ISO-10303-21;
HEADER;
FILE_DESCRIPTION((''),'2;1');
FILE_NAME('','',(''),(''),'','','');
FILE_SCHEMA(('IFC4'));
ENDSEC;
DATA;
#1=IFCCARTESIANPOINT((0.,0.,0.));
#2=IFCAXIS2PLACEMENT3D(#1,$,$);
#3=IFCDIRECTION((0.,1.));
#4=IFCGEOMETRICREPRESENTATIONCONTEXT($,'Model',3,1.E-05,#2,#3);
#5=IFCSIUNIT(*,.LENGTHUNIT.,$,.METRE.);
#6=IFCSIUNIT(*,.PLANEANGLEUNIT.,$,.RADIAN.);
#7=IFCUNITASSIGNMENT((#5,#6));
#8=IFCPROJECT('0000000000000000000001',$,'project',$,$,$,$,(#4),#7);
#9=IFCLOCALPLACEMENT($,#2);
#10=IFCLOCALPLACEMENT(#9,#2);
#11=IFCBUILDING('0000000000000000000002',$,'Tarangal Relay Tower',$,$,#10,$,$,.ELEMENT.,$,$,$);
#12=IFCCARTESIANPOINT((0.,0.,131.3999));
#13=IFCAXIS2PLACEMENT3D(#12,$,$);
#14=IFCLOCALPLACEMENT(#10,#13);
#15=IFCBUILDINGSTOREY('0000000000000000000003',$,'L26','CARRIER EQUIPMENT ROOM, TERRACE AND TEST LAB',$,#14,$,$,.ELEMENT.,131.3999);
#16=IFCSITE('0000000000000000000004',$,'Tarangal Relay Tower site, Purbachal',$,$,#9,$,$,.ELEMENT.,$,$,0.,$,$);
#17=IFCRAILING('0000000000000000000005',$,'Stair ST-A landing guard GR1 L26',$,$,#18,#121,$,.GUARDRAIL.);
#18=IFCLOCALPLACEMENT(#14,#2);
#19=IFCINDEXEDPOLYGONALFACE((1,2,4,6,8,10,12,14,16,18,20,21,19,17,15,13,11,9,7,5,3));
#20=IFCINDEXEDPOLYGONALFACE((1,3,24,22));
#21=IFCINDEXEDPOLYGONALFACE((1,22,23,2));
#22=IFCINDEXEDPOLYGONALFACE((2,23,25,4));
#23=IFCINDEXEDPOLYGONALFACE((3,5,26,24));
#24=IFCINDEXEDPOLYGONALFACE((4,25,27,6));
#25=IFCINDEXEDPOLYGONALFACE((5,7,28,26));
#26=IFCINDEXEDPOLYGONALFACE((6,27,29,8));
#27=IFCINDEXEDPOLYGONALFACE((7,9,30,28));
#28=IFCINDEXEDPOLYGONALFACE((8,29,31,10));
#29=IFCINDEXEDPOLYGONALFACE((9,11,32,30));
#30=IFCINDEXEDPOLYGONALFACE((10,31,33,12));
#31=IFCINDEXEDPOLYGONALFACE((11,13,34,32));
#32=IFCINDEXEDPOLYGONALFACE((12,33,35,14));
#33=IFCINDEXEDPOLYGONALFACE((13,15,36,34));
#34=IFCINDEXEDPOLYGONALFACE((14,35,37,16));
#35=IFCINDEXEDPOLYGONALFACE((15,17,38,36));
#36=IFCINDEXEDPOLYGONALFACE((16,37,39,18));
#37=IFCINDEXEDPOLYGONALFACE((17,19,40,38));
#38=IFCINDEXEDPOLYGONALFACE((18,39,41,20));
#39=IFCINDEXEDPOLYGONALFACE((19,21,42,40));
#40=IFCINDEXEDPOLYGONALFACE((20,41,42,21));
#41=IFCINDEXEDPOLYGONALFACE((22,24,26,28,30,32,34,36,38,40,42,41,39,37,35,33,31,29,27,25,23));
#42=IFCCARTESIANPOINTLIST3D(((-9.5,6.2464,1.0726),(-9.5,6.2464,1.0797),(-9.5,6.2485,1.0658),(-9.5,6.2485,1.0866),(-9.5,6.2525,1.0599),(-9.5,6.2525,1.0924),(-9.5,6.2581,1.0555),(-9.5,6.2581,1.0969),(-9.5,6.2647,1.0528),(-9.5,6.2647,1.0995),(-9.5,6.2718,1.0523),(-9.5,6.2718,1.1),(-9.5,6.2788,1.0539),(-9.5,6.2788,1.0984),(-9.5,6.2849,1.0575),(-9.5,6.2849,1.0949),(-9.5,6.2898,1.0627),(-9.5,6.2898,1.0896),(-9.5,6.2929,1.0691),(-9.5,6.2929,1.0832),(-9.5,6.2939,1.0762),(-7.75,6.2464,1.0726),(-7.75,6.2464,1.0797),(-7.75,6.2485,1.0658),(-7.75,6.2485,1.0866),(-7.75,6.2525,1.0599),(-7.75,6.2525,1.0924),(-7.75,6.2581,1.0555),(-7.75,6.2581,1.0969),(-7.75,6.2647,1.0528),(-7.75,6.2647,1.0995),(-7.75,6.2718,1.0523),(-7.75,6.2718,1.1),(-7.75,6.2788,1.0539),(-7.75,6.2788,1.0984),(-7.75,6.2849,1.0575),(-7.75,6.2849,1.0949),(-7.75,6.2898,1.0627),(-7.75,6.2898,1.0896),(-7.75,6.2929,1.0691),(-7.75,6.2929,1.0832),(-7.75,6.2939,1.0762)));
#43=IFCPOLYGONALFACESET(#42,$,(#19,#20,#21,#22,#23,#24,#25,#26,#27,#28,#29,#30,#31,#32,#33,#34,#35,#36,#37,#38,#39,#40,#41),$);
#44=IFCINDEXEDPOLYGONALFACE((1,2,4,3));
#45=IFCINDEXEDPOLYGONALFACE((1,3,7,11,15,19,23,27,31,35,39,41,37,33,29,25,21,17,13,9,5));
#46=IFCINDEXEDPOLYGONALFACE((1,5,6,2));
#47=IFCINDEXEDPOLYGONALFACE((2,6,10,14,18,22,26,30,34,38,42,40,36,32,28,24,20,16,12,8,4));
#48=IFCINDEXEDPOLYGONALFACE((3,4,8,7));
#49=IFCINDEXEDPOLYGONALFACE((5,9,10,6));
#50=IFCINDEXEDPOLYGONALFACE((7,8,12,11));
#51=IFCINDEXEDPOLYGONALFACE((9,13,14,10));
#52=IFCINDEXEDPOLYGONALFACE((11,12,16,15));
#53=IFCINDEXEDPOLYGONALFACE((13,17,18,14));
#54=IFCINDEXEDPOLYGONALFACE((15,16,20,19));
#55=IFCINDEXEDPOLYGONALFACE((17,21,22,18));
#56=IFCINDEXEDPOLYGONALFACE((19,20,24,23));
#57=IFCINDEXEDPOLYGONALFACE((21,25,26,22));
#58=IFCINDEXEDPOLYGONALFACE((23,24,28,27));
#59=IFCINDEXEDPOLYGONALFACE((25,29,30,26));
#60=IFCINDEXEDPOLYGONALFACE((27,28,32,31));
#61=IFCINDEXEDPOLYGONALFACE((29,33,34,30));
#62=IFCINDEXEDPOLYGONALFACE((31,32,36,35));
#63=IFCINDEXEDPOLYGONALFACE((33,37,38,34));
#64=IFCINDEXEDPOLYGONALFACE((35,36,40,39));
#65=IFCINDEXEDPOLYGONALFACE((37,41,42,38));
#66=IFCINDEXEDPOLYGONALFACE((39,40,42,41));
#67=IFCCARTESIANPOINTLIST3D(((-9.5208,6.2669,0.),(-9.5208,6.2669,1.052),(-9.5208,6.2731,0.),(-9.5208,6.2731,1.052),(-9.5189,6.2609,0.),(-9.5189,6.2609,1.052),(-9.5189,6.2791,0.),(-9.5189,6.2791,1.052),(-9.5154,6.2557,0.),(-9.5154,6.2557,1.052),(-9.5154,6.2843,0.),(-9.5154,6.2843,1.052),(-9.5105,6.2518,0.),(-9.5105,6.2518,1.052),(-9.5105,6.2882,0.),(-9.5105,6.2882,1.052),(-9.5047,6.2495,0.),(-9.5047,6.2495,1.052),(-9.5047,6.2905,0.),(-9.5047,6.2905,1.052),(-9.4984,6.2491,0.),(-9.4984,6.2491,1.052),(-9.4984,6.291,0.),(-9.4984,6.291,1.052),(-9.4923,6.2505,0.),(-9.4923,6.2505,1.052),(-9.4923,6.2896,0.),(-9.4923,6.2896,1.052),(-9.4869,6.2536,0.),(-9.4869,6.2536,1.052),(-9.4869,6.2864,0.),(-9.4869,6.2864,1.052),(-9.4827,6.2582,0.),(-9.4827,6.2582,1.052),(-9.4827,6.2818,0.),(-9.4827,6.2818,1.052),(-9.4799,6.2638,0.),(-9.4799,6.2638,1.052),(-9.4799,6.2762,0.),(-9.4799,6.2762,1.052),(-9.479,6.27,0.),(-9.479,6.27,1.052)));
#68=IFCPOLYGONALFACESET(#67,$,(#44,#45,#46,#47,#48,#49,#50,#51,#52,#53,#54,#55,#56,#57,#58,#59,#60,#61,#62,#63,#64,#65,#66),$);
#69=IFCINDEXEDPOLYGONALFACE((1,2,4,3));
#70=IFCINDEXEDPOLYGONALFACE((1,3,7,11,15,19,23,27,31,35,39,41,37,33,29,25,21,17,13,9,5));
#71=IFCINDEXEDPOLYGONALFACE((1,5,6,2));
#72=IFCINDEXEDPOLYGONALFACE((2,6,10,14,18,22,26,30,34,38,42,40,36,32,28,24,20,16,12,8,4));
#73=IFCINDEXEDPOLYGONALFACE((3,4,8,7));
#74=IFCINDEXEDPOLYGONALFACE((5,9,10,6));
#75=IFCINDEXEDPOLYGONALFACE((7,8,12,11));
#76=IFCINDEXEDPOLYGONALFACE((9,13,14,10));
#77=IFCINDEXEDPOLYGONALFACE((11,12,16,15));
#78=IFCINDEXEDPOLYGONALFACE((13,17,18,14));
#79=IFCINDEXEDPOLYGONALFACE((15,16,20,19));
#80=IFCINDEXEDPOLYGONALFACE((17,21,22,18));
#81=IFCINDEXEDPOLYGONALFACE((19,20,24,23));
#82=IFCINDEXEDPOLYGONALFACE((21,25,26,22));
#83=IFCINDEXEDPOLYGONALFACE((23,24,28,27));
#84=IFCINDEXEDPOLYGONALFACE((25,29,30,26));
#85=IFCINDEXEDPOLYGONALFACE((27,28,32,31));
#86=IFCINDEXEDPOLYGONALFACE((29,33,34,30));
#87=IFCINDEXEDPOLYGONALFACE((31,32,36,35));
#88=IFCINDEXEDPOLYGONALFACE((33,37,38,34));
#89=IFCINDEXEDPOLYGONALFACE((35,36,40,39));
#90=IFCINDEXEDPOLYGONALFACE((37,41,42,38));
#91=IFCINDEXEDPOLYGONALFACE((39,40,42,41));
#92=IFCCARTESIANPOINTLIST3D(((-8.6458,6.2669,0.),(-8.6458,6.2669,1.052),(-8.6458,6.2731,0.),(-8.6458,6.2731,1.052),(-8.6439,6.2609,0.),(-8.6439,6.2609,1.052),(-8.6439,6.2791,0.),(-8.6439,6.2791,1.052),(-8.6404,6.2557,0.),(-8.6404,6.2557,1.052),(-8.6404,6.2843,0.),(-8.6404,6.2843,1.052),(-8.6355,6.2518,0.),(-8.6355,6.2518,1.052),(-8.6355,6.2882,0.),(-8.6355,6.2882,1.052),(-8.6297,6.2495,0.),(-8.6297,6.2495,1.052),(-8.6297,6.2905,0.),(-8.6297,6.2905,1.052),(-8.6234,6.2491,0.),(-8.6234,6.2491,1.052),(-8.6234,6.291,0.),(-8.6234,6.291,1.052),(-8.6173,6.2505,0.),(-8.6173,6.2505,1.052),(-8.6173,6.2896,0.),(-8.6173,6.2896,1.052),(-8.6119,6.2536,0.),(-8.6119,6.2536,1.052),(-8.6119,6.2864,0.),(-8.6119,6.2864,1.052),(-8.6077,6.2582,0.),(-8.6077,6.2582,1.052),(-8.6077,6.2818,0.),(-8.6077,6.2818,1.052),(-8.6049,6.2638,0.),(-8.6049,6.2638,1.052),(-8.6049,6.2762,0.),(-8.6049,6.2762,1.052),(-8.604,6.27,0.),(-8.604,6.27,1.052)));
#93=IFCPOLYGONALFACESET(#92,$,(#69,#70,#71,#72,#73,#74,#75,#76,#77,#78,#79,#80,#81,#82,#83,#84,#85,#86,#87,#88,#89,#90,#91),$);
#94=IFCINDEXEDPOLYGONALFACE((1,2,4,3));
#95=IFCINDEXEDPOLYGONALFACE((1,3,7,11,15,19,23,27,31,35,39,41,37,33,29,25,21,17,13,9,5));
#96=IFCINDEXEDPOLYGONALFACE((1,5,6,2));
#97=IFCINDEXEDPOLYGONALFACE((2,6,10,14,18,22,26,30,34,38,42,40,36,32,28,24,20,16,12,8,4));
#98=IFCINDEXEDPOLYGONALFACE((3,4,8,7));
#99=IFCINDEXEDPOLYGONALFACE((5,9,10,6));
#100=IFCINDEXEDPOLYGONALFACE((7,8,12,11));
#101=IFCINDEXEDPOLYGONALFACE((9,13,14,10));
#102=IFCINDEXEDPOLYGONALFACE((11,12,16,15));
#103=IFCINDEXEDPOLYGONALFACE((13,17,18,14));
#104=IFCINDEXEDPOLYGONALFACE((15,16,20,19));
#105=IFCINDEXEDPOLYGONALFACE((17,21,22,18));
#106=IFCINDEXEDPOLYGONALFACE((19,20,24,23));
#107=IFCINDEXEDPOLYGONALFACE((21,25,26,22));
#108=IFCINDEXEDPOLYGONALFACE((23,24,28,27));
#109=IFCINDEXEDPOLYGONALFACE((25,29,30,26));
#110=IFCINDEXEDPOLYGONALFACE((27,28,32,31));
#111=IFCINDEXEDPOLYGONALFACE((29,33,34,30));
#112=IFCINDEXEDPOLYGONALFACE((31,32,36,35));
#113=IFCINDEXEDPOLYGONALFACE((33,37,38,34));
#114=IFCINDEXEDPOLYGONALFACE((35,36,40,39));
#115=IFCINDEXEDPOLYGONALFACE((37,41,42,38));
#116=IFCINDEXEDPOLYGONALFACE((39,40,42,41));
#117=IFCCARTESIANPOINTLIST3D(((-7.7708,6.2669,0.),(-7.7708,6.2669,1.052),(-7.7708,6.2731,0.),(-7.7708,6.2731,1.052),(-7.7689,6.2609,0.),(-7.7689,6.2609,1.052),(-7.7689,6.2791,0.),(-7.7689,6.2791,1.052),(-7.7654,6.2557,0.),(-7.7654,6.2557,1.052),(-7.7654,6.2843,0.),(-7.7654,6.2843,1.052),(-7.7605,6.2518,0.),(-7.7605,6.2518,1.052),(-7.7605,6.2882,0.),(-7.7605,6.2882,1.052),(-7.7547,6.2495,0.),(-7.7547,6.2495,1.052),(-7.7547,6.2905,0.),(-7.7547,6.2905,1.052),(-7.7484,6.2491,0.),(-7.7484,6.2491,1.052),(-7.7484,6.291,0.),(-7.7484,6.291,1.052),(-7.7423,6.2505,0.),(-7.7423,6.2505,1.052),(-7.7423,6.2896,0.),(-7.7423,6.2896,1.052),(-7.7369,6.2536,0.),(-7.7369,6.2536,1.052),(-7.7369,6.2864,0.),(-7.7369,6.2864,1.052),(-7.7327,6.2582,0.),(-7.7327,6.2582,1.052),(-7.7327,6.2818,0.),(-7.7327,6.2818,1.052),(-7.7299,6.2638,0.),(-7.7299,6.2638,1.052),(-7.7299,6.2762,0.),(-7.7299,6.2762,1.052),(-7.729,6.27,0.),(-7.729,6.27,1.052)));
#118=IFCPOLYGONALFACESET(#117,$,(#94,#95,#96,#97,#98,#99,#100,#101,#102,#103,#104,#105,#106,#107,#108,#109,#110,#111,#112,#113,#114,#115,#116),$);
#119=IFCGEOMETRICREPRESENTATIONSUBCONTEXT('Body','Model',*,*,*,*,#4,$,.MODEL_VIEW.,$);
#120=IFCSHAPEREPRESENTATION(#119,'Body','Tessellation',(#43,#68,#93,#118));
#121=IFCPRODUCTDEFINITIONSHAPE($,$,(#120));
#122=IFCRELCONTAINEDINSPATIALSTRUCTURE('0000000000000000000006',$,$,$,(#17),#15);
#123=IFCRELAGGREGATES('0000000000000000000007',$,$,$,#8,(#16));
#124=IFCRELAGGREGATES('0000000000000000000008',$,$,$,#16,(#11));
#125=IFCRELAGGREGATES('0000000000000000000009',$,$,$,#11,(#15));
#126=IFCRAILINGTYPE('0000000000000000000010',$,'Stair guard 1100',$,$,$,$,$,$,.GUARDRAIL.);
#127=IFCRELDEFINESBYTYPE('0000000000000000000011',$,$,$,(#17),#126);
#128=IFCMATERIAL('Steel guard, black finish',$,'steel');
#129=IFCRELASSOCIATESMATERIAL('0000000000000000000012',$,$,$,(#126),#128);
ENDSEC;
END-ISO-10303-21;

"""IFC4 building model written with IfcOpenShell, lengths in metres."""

from ifc_helpers import new_model, si_unit, direction, frame, origin, origin_2d, place, context, subcontext, project, spatial, circle, extrude, material, type_object, element, save


model = new_model("IFC4")

# Units and contexts
model_context = context("Model", 3, precision=1e-05, world=origin(), true_north=direction((0.0, 1.0)))
body_context = subcontext(model_context, "Body", "Model", "MODEL_VIEW")
ifc_project = project(units=[si_unit("LENGTHUNIT", "METRE"), si_unit("PLANEANGLEUNIT", "RADIAN")], contexts=[model_context])

# Site, building, storey
site_placement = place(None, origin())
site = spatial("IfcSite", under=ifc_project, at=site_placement, Name="Tarangal Relay Tower site, Purbachal", CompositionType="ELEMENT", RefElevation=0.0)
building_placement = place(site_placement, origin())
building = spatial("IfcBuilding", under=site, at=building_placement, Name="Tarangal Relay Tower", CompositionType="ELEMENT")
storey_placement = place(building_placement, frame((0.0, 0.0, 131.3999)))
storey = spatial("IfcBuildingStorey", under=building, at=storey_placement, Name="L26", Description="CARRIER EQUIPMENT ROOM, TERRACE AND TEST LAB", CompositionType="ELEMENT", Elevation=131.3999)

# Railing
ifc_material_1 = material(Name="Steel guard, black finish", Category="steel")
railing_type = type_object("IfcRailingType", Name="Stair guard 1100", PredefinedType="GUARDRAIL", material=ifc_material_1)
railing_1_placement = place(storey_placement, frame((-9.5, 6.27, 0.0)))
element("IfcRailing", 1, at=railing_1_placement, inside=storey, type_object=railing_type, Name="Stair ST-A landing guard GR1 L26", PredefinedType="GUARDRAIL", context=body_context, shape_type="SweptSolid", body=[
    extrude(circle(Radius=0.0239, at=origin_2d()), frame((0.0, 0.0, 1.0762), z_axis=(1.0, 0.0, 0.0), x_axis=(0.0, 1.0, 0.0)), (0.0, 0.0, 1.0), 1.75),
    extrude(circle(Radius=0.021, at=origin_2d()), origin(), (0.0, 0.0, 1.0), 1.052),
    extrude(circle(Radius=0.021, at=origin_2d()), frame((0.875, 0.0, 0.0)), (0.0, 0.0, 1.0), 1.052),
    extrude(circle(Radius=0.021, at=origin_2d()), frame((1.75, 0.0, 0.0)), (0.0, 0.0, 1.0), 1.052),
])

save(model, "model.ifc")
